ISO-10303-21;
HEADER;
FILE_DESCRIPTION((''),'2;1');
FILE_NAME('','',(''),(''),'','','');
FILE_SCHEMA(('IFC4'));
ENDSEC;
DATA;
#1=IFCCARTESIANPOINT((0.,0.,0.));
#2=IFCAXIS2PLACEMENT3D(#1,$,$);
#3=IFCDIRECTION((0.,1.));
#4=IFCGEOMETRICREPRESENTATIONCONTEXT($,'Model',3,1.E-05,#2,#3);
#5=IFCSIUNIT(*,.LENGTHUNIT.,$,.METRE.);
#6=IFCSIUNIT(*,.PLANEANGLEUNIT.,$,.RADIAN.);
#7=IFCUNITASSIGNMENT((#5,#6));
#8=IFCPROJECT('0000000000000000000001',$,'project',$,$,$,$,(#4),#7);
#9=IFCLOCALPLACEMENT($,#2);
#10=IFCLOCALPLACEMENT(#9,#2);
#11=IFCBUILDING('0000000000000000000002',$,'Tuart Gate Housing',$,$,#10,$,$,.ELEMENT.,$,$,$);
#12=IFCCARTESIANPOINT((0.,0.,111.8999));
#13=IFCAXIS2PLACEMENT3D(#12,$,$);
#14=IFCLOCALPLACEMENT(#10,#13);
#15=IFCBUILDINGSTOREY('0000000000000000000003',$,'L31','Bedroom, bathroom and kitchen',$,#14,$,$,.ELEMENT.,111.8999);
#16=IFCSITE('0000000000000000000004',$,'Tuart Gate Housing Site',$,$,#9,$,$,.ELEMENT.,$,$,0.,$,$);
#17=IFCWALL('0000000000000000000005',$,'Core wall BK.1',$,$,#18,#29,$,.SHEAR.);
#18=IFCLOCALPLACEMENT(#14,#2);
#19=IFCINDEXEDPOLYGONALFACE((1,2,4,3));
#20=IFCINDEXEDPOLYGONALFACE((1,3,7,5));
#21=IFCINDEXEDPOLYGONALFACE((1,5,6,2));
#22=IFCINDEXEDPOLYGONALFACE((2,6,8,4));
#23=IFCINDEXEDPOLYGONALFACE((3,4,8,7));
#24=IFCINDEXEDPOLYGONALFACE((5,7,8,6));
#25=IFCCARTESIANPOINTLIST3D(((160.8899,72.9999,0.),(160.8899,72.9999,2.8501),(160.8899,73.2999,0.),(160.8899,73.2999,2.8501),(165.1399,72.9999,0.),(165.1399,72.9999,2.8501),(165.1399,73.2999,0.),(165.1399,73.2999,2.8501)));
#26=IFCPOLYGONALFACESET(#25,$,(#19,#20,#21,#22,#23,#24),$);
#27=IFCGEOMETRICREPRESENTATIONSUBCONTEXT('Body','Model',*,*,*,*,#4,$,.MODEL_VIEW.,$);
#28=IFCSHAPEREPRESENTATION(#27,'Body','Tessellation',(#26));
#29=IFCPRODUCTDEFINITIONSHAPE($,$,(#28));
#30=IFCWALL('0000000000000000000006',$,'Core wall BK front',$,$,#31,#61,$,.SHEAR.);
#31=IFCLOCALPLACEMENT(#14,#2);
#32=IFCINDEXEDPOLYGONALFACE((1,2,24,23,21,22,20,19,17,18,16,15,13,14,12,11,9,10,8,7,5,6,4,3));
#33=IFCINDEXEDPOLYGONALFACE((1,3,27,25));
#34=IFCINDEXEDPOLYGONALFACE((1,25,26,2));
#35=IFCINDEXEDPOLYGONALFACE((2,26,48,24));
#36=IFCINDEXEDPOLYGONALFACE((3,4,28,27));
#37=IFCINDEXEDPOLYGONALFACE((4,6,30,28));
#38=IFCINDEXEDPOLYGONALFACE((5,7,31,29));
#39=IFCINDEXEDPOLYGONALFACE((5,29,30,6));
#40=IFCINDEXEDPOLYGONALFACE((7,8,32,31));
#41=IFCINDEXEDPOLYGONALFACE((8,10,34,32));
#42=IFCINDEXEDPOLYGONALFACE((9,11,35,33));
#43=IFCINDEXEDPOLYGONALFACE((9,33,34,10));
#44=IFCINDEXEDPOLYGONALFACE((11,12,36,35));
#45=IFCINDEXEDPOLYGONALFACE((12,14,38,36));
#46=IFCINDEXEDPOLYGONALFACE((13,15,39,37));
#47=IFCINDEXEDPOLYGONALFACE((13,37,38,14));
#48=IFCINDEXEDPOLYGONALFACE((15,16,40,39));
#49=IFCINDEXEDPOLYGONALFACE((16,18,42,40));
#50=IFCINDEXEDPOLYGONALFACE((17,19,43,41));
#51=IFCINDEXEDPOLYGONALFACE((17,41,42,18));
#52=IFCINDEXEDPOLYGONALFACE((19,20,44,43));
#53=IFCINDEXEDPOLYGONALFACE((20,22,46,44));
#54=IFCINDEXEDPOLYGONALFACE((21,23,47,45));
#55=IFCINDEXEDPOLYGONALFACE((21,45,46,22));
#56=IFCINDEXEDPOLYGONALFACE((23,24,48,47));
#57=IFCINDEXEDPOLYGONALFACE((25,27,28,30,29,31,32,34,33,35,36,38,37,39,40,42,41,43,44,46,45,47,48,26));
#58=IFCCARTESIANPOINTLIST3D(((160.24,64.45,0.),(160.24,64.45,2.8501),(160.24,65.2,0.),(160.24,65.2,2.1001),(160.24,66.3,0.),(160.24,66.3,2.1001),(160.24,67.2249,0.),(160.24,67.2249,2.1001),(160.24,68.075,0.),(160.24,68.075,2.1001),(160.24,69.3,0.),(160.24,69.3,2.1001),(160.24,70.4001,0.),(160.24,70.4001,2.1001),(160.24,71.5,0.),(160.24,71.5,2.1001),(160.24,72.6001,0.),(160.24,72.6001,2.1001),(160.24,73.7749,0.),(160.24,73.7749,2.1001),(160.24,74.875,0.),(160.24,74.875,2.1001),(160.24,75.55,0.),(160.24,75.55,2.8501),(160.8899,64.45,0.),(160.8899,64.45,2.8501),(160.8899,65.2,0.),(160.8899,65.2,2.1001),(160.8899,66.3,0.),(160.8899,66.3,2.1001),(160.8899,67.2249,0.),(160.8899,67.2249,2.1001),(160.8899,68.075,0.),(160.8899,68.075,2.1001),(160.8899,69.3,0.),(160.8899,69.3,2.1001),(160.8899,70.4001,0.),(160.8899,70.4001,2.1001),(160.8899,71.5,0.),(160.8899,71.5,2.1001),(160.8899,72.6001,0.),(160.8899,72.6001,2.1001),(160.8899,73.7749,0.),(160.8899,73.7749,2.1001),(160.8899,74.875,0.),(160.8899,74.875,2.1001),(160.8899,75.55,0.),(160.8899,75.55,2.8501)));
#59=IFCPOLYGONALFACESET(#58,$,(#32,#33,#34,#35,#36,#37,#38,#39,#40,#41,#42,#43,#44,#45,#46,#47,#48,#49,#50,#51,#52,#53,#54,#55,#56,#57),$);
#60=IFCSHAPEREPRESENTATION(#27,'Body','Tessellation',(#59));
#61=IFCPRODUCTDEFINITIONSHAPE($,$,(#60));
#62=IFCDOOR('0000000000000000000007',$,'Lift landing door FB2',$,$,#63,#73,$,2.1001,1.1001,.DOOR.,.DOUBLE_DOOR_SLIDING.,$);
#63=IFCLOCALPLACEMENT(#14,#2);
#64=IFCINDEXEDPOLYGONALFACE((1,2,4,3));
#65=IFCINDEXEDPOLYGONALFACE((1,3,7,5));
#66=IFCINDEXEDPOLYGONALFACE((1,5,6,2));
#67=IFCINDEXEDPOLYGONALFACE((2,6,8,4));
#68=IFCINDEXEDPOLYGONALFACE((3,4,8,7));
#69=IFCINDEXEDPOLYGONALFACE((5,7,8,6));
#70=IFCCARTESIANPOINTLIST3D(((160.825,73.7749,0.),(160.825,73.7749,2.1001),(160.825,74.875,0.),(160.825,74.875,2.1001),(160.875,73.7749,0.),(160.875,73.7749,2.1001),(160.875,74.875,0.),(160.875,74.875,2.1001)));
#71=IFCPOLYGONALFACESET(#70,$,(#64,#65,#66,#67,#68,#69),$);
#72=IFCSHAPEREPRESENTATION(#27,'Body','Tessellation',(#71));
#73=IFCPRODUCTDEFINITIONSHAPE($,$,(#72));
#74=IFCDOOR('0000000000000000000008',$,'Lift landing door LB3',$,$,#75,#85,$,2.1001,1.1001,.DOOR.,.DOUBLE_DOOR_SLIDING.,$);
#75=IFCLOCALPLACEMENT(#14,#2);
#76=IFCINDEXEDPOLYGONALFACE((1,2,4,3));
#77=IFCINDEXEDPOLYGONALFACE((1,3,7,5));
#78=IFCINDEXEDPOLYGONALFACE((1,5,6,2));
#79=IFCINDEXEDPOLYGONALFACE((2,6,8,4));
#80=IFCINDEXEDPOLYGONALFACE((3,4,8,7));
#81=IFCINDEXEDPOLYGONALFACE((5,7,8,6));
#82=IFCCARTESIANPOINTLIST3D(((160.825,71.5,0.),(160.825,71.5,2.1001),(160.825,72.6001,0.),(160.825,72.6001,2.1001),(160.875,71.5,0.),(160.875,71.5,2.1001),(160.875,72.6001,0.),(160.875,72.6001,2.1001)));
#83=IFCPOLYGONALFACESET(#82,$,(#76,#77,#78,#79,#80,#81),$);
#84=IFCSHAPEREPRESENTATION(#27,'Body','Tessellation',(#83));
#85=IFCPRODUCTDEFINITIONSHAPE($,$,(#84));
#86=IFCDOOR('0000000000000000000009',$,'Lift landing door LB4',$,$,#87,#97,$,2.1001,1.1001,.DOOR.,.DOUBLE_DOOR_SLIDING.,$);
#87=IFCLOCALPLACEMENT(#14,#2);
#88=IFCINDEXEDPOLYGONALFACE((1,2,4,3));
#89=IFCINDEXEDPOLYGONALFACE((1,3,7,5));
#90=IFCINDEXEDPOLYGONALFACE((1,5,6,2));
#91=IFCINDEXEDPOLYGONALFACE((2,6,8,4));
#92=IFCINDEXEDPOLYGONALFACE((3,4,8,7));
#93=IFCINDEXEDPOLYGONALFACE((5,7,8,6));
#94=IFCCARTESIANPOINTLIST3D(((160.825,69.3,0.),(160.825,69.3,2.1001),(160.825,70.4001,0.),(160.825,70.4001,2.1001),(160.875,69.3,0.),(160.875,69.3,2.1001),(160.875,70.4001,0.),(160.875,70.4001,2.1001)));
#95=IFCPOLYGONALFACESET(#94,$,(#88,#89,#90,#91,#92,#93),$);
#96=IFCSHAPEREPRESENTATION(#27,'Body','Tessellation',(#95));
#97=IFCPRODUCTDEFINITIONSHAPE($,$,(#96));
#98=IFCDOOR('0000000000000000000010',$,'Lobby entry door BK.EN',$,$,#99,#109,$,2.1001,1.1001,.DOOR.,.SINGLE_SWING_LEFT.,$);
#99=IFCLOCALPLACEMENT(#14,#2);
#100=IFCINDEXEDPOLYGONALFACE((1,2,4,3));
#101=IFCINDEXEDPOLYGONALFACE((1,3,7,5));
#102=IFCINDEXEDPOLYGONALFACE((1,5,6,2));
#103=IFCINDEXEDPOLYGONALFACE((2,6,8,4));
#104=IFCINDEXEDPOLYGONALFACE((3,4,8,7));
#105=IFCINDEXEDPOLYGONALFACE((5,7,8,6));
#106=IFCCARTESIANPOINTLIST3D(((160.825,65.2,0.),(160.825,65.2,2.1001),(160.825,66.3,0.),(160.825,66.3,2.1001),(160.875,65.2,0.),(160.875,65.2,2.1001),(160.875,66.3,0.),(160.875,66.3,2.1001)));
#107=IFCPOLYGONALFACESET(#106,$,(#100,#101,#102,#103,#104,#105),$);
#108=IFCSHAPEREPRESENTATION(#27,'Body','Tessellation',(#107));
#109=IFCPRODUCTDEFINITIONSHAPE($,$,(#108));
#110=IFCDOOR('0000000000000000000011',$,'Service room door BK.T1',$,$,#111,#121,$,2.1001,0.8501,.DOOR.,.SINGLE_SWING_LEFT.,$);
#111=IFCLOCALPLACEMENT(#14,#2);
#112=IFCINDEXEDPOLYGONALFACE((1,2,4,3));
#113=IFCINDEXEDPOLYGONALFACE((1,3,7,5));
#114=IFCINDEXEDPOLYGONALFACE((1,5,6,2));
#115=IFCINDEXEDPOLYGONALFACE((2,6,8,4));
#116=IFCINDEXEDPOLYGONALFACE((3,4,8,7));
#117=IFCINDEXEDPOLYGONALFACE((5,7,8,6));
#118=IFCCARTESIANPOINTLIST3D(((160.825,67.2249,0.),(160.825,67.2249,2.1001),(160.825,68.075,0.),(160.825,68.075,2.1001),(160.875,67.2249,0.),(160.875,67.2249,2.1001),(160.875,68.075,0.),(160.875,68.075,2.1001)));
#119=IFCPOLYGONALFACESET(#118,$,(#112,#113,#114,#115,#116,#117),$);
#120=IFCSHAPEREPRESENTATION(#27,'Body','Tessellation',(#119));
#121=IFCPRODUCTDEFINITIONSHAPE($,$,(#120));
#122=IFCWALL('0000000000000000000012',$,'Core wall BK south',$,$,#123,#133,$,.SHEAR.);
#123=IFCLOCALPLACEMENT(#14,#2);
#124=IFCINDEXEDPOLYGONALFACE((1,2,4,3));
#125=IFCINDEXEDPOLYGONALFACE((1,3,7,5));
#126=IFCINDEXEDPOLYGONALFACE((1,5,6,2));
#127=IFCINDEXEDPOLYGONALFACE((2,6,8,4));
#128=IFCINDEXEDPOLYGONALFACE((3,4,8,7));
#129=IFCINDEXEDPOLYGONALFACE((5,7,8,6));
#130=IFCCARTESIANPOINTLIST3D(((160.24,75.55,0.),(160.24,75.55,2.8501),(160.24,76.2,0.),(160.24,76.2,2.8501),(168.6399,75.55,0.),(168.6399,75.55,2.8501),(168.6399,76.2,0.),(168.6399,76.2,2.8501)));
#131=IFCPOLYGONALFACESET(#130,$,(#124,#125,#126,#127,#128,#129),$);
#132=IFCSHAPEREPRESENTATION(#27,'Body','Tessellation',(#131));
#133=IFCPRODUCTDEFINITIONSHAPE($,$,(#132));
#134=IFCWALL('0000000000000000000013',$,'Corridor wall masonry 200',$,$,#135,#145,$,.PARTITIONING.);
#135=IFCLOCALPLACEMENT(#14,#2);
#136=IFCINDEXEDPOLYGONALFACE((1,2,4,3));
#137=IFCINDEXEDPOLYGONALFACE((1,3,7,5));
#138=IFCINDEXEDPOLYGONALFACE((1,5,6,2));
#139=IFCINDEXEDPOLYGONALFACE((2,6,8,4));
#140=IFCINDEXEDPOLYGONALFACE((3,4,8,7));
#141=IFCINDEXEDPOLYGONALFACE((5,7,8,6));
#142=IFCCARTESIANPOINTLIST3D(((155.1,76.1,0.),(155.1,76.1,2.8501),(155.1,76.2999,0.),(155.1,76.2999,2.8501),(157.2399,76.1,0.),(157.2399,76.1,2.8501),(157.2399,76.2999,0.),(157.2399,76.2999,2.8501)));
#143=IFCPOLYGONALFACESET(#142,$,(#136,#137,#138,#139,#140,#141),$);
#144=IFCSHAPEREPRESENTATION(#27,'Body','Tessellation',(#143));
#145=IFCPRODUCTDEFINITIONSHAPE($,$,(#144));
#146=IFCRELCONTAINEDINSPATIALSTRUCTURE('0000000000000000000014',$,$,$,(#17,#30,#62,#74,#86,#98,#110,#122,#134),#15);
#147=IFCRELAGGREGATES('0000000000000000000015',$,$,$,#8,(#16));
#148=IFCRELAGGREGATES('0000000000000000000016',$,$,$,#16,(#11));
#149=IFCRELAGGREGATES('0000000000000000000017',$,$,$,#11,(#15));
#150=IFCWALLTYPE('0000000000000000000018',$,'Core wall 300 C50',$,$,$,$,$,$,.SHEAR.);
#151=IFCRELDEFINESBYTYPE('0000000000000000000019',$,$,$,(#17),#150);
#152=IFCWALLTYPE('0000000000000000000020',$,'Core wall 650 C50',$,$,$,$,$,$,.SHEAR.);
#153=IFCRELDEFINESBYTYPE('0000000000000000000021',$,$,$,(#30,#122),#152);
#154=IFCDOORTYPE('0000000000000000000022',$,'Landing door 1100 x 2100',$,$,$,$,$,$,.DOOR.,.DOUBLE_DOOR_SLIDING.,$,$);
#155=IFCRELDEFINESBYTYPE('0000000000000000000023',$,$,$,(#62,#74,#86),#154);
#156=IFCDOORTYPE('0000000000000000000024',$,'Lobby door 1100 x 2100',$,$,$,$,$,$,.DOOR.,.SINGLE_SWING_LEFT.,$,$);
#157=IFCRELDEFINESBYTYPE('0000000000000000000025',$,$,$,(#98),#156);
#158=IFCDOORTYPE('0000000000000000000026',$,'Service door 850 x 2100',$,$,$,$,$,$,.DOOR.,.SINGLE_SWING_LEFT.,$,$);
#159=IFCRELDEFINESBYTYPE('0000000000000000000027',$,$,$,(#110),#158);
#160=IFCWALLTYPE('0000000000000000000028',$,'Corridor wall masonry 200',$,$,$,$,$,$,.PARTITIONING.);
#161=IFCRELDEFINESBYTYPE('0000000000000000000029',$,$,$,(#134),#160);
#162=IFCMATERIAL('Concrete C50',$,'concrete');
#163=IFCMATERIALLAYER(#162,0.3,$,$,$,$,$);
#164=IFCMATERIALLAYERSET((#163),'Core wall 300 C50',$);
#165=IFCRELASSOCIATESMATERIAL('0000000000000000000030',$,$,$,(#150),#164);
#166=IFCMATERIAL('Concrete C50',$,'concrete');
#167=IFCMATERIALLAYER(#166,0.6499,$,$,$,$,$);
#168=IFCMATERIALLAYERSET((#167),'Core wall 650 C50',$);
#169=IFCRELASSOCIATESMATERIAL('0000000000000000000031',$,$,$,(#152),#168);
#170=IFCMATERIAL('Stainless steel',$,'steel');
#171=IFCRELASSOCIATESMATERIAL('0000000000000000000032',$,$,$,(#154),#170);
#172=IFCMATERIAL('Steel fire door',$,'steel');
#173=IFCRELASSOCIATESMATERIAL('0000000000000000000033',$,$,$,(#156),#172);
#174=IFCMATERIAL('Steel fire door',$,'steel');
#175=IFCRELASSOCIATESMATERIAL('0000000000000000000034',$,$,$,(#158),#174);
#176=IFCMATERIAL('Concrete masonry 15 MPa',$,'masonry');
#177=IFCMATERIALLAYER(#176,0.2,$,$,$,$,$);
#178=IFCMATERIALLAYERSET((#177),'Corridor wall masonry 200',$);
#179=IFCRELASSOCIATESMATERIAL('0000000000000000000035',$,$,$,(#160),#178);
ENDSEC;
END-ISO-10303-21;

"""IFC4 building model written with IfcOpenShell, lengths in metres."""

from ifc_helpers import new_model, si_unit, direction, frame, frame_2d, origin, place, context, subcontext, project, spatial, rectangle, extrude, material, layer, layer_set, type_object, element, fill, save


model = new_model("IFC4")

# Units and contexts
model_context = context("Model", 3, precision=1e-05, world=origin(), true_north=direction((0.0, 1.0)))
body_context = subcontext(model_context, "Body", "Model", "MODEL_VIEW")
ifc_project = project(units=[si_unit("LENGTHUNIT", "METRE"), si_unit("PLANEANGLEUNIT", "RADIAN")], contexts=[model_context])

# Site, building, storey
site_placement = place(None, origin())
site = spatial("IfcSite", under=ifc_project, at=site_placement, Name="Tuart Gate Housing Site", CompositionType="ELEMENT", RefElevation=0.0)
building_placement = place(site_placement, origin())
building = spatial("IfcBuilding", under=site, at=building_placement, Name="Tuart Gate Housing", CompositionType="ELEMENT")
storey_placement = place(building_placement, frame((0.0, 0.0, 111.8999)))
storey = spatial("IfcBuildingStorey", under=building, at=storey_placement, Name="L31", Description="Bedroom, bathroom and kitchen", CompositionType="ELEMENT", Elevation=111.8999)

# Wall
ifc_material_1 = material(Name="Concrete C50", Category="concrete")
ifc_layer_1 = layer(ifc_material_1, 0.3)
ifc_layer_set_1 = layer_set([ifc_layer_1], Name="Core wall 300 C50")
wall_type_1 = type_object("IfcWallType", Name="Core wall 300 C50", PredefinedType="SHEAR", material=ifc_layer_set_1)
wall_1_placement = place(storey_placement, frame((160.8899, 73.1499, 0.0), z_axis=(0.0, 0.0, 1.0), x_axis=(1.0, 0.0, 0.0)))
element("IfcWall", 1, at=wall_1_placement, inside=storey, type_object=wall_type_1, Name="Core wall BK.1", PredefinedType="SHEAR", context=body_context, shape_type="SweptSolid", body=[
    extrude(rectangle(XDim=4.25, YDim=0.3, at=frame_2d((2.125, 0.0))), origin(), (0.0, 0.0, 1.0), 2.8501),
])

# Wall, openings, doors
ifc_material_2 = material(Name="Concrete C50", Category="concrete")
ifc_layer_2 = layer(ifc_material_2, 0.6499)
ifc_layer_set_2 = layer_set([ifc_layer_2], Name="Core wall 650 C50")
wall_type_2 = type_object("IfcWallType", Name="Core wall 650 C50", PredefinedType="SHEAR", material=ifc_layer_set_2)
wall_2_placement = place(storey_placement, frame((160.5649, 75.55, 0.0), z_axis=(0.0, 0.0, 1.0), x_axis=(0.0, -1.0, 0.0)))
wall_2 = element("IfcWall", 2, at=wall_2_placement, inside=storey, type_object=wall_type_2, Name="Core wall BK front", PredefinedType="SHEAR", context=body_context, shape_type="SweptSolid", body=[
    extrude(rectangle(XDim=11.1001, YDim=0.6499, at=frame_2d((5.55, 0.0))), origin(), (0.0, 0.0, 1.0), 2.8501),
])
opening_1_placement = place(wall_2_placement, frame((0.675, 0.0, 0.0)))
opening_1 = element("IfcOpeningElement", 3, at=opening_1_placement, cuts=wall_2, PredefinedType="OPENING", context=body_context, shape_type="SweptSolid", body=[
    extrude(rectangle(XDim=1.1001, YDim=2.1001, at=frame_2d((0.55, 1.05))), frame((0.0, 0.335, 0.0), z_axis=(0.0, -1.0, 0.0), x_axis=(1.0, 0.0, 0.0)), (0.0, 0.0, 1.0), 0.6699),
])
opening_2_placement = place(wall_2_placement, frame((2.95, 0.0, 0.0)))
opening_2 = element("IfcOpeningElement", 4, at=opening_2_placement, cuts=wall_2, PredefinedType="OPENING", context=body_context, shape_type="SweptSolid", body=[
    extrude(rectangle(XDim=1.1001, YDim=2.1001, at=frame_2d((0.55, 1.05))), frame((0.0, 0.335, 0.0), z_axis=(0.0, -1.0, 0.0), x_axis=(1.0, 0.0, 0.0)), (0.0, 0.0, 1.0), 0.6699),
])
opening_3_placement = place(wall_2_placement, frame((5.1499, 0.0, 0.0)))
opening_3 = element("IfcOpeningElement", 5, at=opening_3_placement, cuts=wall_2, PredefinedType="OPENING", context=body_context, shape_type="SweptSolid", body=[
    extrude(rectangle(XDim=1.1001, YDim=2.1001, at=frame_2d((0.55, 1.05))), frame((0.0, 0.335, 0.0), z_axis=(0.0, -1.0, 0.0), x_axis=(1.0, 0.0, 0.0)), (0.0, 0.0, 1.0), 0.6699),
])
opening_4_placement = place(wall_2_placement, frame((9.25, 0.0, 0.0)))
opening_4 = element("IfcOpeningElement", 6, at=opening_4_placement, cuts=wall_2, PredefinedType="OPENING", context=body_context, shape_type="SweptSolid", body=[
    extrude(rectangle(XDim=1.1001, YDim=2.1001, at=frame_2d((0.55, 1.05))), frame((0.0, 0.335, 0.0), z_axis=(0.0, -1.0, 0.0), x_axis=(1.0, 0.0, 0.0)), (0.0, 0.0, 1.0), 0.6699),
])
opening_5_placement = place(wall_2_placement, frame((7.4751, 0.0, 0.0)))
opening_5 = element("IfcOpeningElement", 7, at=opening_5_placement, cuts=wall_2, PredefinedType="OPENING", context=body_context, shape_type="SweptSolid", body=[
    extrude(rectangle(XDim=0.8501, YDim=2.1001, at=frame_2d((0.425, 1.05))), frame((0.0, 0.335, 0.0), z_axis=(0.0, -1.0, 0.0), x_axis=(1.0, 0.0, 0.0)), (0.0, 0.0, 1.0), 0.6699),
])
ifc_material_3 = material(Name="Stainless steel", Category="steel")
door_type_1 = type_object("IfcDoorType", Name="Landing door 1100 x 2100", OperationType="DOUBLE_DOOR_SLIDING", PredefinedType="DOOR", material=ifc_material_3)
door_1_placement = place(opening_1_placement, origin())
door_1 = element("IfcDoor", 8, at=door_1_placement, inside=storey, type_object=door_type_1, Name="Lift landing door FB2", OperationType="DOUBLE_DOOR_SLIDING", OverallHeight=2.1001, OverallWidth=1.1001, PredefinedType="DOOR", context=body_context, shape_type="SweptSolid", body=[
    extrude(rectangle(XDim=1.1001, YDim=2.1001, at=frame_2d((0.55, 1.05))), frame((0.0, 0.3101, 0.0), z_axis=(0.0, -1.0, 0.0), x_axis=(1.0, 0.0, 0.0)), (0.0, 0.0, 1.0), 0.05),
])
fill(opening_1, door_1)
door_2_placement = place(opening_2_placement, origin())
door_2 = element("IfcDoor", 9, at=door_2_placement, inside=storey, type_object=door_type_1, Name="Lift landing door LB3", OperationType="DOUBLE_DOOR_SLIDING", OverallHeight=2.1001, OverallWidth=1.1001, PredefinedType="DOOR", context=body_context, shape_type="SweptSolid", body=[
    extrude(rectangle(XDim=1.1001, YDim=2.1001, at=frame_2d((0.55, 1.05))), frame((0.0, 0.3101, 0.0), z_axis=(0.0, -1.0, 0.0), x_axis=(1.0, 0.0, 0.0)), (0.0, 0.0, 1.0), 0.05),
])
fill(opening_2, door_2)
door_3_placement = place(opening_3_placement, origin())
door_3 = element("IfcDoor", 10, at=door_3_placement, inside=storey, type_object=door_type_1, Name="Lift landing door LB4", OperationType="DOUBLE_DOOR_SLIDING", OverallHeight=2.1001, OverallWidth=1.1001, PredefinedType="DOOR", context=body_context, shape_type="SweptSolid", body=[
    extrude(rectangle(XDim=1.1001, YDim=2.1001, at=frame_2d((0.55, 1.05))), frame((0.0, 0.3101, 0.0), z_axis=(0.0, -1.0, 0.0), x_axis=(1.0, 0.0, 0.0)), (0.0, 0.0, 1.0), 0.05),
])
fill(opening_3, door_3)
ifc_material_4 = material(Name="Steel fire door", Category="steel")
door_type_2 = type_object("IfcDoorType", Name="Lobby door 1100 x 2100", OperationType="SINGLE_SWING_LEFT", PredefinedType="DOOR", material=ifc_material_4)
door_4_placement = place(opening_4_placement, origin())
door_4 = element("IfcDoor", 11, at=door_4_placement, inside=storey, type_object=door_type_2, Name="Lobby entry door BK.EN", OperationType="SINGLE_SWING_LEFT", OverallHeight=2.1001, OverallWidth=1.1001, PredefinedType="DOOR", context=body_context, shape_type="SweptSolid", body=[
    extrude(rectangle(XDim=1.1001, YDim=2.1001, at=frame_2d((0.55, 1.05))), frame((0.0, 0.3101, 0.0), z_axis=(0.0, -1.0, 0.0), x_axis=(1.0, 0.0, 0.0)), (0.0, 0.0, 1.0), 0.05),
])
fill(opening_4, door_4)
ifc_material_5 = material(Name="Steel fire door", Category="steel")
door_type_3 = type_object("IfcDoorType", Name="Service door 850 x 2100", OperationType="SINGLE_SWING_LEFT", PredefinedType="DOOR", material=ifc_material_5)
door_5_placement = place(opening_5_placement, origin())
door_5 = element("IfcDoor", 12, at=door_5_placement, inside=storey, type_object=door_type_3, Name="Service room door BK.T1", OperationType="SINGLE_SWING_LEFT", OverallHeight=2.1001, OverallWidth=0.8501, PredefinedType="DOOR", context=body_context, shape_type="SweptSolid", body=[
    extrude(rectangle(XDim=0.8501, YDim=2.1001, at=frame_2d((0.425, 1.05))), frame((0.0, 0.3101, 0.0), z_axis=(0.0, -1.0, 0.0), x_axis=(1.0, 0.0, 0.0)), (0.0, 0.0, 1.0), 0.05),
])
fill(opening_5, door_5)

# Walls
wall_3_placement = place(storey_placement, frame((160.24, 75.875, 0.0), z_axis=(0.0, 0.0, 1.0), x_axis=(1.0, 0.0, 0.0)))
element("IfcWall", 13, at=wall_3_placement, inside=storey, type_object=wall_type_2, Name="Core wall BK south", PredefinedType="SHEAR", context=body_context, shape_type="SweptSolid", body=[
    extrude(rectangle(XDim=8.3999, YDim=0.6499, at=frame_2d((4.2, 0.0))), origin(), (0.0, 0.0, 1.0), 2.8501),
])
ifc_material_6 = material(Name="Concrete masonry 15 MPa", Category="masonry")
ifc_layer_3 = layer(ifc_material_6, 0.2)
ifc_layer_set_3 = layer_set([ifc_layer_3], Name="Corridor wall masonry 200")
wall_type_3 = type_object("IfcWallType", Name="Corridor wall masonry 200", PredefinedType="PARTITIONING", material=ifc_layer_set_3)
wall_4_placement = place(storey_placement, frame((155.1001, 76.2, 0.0), z_axis=(0.0, 0.0, 1.0), x_axis=(1.0, 0.0, 0.0)))
element("IfcWall", 14, at=wall_4_placement, inside=storey, type_object=wall_type_3, Name="Corridor wall masonry 200", PredefinedType="PARTITIONING", context=body_context, shape_type="SweptSolid", body=[
    extrude(rectangle(XDim=2.1399, YDim=0.2, at=frame_2d((1.0698, 0.0))), origin(), (0.0, 0.0, 1.0), 2.8501),
])

save(model, "model.ifc")
